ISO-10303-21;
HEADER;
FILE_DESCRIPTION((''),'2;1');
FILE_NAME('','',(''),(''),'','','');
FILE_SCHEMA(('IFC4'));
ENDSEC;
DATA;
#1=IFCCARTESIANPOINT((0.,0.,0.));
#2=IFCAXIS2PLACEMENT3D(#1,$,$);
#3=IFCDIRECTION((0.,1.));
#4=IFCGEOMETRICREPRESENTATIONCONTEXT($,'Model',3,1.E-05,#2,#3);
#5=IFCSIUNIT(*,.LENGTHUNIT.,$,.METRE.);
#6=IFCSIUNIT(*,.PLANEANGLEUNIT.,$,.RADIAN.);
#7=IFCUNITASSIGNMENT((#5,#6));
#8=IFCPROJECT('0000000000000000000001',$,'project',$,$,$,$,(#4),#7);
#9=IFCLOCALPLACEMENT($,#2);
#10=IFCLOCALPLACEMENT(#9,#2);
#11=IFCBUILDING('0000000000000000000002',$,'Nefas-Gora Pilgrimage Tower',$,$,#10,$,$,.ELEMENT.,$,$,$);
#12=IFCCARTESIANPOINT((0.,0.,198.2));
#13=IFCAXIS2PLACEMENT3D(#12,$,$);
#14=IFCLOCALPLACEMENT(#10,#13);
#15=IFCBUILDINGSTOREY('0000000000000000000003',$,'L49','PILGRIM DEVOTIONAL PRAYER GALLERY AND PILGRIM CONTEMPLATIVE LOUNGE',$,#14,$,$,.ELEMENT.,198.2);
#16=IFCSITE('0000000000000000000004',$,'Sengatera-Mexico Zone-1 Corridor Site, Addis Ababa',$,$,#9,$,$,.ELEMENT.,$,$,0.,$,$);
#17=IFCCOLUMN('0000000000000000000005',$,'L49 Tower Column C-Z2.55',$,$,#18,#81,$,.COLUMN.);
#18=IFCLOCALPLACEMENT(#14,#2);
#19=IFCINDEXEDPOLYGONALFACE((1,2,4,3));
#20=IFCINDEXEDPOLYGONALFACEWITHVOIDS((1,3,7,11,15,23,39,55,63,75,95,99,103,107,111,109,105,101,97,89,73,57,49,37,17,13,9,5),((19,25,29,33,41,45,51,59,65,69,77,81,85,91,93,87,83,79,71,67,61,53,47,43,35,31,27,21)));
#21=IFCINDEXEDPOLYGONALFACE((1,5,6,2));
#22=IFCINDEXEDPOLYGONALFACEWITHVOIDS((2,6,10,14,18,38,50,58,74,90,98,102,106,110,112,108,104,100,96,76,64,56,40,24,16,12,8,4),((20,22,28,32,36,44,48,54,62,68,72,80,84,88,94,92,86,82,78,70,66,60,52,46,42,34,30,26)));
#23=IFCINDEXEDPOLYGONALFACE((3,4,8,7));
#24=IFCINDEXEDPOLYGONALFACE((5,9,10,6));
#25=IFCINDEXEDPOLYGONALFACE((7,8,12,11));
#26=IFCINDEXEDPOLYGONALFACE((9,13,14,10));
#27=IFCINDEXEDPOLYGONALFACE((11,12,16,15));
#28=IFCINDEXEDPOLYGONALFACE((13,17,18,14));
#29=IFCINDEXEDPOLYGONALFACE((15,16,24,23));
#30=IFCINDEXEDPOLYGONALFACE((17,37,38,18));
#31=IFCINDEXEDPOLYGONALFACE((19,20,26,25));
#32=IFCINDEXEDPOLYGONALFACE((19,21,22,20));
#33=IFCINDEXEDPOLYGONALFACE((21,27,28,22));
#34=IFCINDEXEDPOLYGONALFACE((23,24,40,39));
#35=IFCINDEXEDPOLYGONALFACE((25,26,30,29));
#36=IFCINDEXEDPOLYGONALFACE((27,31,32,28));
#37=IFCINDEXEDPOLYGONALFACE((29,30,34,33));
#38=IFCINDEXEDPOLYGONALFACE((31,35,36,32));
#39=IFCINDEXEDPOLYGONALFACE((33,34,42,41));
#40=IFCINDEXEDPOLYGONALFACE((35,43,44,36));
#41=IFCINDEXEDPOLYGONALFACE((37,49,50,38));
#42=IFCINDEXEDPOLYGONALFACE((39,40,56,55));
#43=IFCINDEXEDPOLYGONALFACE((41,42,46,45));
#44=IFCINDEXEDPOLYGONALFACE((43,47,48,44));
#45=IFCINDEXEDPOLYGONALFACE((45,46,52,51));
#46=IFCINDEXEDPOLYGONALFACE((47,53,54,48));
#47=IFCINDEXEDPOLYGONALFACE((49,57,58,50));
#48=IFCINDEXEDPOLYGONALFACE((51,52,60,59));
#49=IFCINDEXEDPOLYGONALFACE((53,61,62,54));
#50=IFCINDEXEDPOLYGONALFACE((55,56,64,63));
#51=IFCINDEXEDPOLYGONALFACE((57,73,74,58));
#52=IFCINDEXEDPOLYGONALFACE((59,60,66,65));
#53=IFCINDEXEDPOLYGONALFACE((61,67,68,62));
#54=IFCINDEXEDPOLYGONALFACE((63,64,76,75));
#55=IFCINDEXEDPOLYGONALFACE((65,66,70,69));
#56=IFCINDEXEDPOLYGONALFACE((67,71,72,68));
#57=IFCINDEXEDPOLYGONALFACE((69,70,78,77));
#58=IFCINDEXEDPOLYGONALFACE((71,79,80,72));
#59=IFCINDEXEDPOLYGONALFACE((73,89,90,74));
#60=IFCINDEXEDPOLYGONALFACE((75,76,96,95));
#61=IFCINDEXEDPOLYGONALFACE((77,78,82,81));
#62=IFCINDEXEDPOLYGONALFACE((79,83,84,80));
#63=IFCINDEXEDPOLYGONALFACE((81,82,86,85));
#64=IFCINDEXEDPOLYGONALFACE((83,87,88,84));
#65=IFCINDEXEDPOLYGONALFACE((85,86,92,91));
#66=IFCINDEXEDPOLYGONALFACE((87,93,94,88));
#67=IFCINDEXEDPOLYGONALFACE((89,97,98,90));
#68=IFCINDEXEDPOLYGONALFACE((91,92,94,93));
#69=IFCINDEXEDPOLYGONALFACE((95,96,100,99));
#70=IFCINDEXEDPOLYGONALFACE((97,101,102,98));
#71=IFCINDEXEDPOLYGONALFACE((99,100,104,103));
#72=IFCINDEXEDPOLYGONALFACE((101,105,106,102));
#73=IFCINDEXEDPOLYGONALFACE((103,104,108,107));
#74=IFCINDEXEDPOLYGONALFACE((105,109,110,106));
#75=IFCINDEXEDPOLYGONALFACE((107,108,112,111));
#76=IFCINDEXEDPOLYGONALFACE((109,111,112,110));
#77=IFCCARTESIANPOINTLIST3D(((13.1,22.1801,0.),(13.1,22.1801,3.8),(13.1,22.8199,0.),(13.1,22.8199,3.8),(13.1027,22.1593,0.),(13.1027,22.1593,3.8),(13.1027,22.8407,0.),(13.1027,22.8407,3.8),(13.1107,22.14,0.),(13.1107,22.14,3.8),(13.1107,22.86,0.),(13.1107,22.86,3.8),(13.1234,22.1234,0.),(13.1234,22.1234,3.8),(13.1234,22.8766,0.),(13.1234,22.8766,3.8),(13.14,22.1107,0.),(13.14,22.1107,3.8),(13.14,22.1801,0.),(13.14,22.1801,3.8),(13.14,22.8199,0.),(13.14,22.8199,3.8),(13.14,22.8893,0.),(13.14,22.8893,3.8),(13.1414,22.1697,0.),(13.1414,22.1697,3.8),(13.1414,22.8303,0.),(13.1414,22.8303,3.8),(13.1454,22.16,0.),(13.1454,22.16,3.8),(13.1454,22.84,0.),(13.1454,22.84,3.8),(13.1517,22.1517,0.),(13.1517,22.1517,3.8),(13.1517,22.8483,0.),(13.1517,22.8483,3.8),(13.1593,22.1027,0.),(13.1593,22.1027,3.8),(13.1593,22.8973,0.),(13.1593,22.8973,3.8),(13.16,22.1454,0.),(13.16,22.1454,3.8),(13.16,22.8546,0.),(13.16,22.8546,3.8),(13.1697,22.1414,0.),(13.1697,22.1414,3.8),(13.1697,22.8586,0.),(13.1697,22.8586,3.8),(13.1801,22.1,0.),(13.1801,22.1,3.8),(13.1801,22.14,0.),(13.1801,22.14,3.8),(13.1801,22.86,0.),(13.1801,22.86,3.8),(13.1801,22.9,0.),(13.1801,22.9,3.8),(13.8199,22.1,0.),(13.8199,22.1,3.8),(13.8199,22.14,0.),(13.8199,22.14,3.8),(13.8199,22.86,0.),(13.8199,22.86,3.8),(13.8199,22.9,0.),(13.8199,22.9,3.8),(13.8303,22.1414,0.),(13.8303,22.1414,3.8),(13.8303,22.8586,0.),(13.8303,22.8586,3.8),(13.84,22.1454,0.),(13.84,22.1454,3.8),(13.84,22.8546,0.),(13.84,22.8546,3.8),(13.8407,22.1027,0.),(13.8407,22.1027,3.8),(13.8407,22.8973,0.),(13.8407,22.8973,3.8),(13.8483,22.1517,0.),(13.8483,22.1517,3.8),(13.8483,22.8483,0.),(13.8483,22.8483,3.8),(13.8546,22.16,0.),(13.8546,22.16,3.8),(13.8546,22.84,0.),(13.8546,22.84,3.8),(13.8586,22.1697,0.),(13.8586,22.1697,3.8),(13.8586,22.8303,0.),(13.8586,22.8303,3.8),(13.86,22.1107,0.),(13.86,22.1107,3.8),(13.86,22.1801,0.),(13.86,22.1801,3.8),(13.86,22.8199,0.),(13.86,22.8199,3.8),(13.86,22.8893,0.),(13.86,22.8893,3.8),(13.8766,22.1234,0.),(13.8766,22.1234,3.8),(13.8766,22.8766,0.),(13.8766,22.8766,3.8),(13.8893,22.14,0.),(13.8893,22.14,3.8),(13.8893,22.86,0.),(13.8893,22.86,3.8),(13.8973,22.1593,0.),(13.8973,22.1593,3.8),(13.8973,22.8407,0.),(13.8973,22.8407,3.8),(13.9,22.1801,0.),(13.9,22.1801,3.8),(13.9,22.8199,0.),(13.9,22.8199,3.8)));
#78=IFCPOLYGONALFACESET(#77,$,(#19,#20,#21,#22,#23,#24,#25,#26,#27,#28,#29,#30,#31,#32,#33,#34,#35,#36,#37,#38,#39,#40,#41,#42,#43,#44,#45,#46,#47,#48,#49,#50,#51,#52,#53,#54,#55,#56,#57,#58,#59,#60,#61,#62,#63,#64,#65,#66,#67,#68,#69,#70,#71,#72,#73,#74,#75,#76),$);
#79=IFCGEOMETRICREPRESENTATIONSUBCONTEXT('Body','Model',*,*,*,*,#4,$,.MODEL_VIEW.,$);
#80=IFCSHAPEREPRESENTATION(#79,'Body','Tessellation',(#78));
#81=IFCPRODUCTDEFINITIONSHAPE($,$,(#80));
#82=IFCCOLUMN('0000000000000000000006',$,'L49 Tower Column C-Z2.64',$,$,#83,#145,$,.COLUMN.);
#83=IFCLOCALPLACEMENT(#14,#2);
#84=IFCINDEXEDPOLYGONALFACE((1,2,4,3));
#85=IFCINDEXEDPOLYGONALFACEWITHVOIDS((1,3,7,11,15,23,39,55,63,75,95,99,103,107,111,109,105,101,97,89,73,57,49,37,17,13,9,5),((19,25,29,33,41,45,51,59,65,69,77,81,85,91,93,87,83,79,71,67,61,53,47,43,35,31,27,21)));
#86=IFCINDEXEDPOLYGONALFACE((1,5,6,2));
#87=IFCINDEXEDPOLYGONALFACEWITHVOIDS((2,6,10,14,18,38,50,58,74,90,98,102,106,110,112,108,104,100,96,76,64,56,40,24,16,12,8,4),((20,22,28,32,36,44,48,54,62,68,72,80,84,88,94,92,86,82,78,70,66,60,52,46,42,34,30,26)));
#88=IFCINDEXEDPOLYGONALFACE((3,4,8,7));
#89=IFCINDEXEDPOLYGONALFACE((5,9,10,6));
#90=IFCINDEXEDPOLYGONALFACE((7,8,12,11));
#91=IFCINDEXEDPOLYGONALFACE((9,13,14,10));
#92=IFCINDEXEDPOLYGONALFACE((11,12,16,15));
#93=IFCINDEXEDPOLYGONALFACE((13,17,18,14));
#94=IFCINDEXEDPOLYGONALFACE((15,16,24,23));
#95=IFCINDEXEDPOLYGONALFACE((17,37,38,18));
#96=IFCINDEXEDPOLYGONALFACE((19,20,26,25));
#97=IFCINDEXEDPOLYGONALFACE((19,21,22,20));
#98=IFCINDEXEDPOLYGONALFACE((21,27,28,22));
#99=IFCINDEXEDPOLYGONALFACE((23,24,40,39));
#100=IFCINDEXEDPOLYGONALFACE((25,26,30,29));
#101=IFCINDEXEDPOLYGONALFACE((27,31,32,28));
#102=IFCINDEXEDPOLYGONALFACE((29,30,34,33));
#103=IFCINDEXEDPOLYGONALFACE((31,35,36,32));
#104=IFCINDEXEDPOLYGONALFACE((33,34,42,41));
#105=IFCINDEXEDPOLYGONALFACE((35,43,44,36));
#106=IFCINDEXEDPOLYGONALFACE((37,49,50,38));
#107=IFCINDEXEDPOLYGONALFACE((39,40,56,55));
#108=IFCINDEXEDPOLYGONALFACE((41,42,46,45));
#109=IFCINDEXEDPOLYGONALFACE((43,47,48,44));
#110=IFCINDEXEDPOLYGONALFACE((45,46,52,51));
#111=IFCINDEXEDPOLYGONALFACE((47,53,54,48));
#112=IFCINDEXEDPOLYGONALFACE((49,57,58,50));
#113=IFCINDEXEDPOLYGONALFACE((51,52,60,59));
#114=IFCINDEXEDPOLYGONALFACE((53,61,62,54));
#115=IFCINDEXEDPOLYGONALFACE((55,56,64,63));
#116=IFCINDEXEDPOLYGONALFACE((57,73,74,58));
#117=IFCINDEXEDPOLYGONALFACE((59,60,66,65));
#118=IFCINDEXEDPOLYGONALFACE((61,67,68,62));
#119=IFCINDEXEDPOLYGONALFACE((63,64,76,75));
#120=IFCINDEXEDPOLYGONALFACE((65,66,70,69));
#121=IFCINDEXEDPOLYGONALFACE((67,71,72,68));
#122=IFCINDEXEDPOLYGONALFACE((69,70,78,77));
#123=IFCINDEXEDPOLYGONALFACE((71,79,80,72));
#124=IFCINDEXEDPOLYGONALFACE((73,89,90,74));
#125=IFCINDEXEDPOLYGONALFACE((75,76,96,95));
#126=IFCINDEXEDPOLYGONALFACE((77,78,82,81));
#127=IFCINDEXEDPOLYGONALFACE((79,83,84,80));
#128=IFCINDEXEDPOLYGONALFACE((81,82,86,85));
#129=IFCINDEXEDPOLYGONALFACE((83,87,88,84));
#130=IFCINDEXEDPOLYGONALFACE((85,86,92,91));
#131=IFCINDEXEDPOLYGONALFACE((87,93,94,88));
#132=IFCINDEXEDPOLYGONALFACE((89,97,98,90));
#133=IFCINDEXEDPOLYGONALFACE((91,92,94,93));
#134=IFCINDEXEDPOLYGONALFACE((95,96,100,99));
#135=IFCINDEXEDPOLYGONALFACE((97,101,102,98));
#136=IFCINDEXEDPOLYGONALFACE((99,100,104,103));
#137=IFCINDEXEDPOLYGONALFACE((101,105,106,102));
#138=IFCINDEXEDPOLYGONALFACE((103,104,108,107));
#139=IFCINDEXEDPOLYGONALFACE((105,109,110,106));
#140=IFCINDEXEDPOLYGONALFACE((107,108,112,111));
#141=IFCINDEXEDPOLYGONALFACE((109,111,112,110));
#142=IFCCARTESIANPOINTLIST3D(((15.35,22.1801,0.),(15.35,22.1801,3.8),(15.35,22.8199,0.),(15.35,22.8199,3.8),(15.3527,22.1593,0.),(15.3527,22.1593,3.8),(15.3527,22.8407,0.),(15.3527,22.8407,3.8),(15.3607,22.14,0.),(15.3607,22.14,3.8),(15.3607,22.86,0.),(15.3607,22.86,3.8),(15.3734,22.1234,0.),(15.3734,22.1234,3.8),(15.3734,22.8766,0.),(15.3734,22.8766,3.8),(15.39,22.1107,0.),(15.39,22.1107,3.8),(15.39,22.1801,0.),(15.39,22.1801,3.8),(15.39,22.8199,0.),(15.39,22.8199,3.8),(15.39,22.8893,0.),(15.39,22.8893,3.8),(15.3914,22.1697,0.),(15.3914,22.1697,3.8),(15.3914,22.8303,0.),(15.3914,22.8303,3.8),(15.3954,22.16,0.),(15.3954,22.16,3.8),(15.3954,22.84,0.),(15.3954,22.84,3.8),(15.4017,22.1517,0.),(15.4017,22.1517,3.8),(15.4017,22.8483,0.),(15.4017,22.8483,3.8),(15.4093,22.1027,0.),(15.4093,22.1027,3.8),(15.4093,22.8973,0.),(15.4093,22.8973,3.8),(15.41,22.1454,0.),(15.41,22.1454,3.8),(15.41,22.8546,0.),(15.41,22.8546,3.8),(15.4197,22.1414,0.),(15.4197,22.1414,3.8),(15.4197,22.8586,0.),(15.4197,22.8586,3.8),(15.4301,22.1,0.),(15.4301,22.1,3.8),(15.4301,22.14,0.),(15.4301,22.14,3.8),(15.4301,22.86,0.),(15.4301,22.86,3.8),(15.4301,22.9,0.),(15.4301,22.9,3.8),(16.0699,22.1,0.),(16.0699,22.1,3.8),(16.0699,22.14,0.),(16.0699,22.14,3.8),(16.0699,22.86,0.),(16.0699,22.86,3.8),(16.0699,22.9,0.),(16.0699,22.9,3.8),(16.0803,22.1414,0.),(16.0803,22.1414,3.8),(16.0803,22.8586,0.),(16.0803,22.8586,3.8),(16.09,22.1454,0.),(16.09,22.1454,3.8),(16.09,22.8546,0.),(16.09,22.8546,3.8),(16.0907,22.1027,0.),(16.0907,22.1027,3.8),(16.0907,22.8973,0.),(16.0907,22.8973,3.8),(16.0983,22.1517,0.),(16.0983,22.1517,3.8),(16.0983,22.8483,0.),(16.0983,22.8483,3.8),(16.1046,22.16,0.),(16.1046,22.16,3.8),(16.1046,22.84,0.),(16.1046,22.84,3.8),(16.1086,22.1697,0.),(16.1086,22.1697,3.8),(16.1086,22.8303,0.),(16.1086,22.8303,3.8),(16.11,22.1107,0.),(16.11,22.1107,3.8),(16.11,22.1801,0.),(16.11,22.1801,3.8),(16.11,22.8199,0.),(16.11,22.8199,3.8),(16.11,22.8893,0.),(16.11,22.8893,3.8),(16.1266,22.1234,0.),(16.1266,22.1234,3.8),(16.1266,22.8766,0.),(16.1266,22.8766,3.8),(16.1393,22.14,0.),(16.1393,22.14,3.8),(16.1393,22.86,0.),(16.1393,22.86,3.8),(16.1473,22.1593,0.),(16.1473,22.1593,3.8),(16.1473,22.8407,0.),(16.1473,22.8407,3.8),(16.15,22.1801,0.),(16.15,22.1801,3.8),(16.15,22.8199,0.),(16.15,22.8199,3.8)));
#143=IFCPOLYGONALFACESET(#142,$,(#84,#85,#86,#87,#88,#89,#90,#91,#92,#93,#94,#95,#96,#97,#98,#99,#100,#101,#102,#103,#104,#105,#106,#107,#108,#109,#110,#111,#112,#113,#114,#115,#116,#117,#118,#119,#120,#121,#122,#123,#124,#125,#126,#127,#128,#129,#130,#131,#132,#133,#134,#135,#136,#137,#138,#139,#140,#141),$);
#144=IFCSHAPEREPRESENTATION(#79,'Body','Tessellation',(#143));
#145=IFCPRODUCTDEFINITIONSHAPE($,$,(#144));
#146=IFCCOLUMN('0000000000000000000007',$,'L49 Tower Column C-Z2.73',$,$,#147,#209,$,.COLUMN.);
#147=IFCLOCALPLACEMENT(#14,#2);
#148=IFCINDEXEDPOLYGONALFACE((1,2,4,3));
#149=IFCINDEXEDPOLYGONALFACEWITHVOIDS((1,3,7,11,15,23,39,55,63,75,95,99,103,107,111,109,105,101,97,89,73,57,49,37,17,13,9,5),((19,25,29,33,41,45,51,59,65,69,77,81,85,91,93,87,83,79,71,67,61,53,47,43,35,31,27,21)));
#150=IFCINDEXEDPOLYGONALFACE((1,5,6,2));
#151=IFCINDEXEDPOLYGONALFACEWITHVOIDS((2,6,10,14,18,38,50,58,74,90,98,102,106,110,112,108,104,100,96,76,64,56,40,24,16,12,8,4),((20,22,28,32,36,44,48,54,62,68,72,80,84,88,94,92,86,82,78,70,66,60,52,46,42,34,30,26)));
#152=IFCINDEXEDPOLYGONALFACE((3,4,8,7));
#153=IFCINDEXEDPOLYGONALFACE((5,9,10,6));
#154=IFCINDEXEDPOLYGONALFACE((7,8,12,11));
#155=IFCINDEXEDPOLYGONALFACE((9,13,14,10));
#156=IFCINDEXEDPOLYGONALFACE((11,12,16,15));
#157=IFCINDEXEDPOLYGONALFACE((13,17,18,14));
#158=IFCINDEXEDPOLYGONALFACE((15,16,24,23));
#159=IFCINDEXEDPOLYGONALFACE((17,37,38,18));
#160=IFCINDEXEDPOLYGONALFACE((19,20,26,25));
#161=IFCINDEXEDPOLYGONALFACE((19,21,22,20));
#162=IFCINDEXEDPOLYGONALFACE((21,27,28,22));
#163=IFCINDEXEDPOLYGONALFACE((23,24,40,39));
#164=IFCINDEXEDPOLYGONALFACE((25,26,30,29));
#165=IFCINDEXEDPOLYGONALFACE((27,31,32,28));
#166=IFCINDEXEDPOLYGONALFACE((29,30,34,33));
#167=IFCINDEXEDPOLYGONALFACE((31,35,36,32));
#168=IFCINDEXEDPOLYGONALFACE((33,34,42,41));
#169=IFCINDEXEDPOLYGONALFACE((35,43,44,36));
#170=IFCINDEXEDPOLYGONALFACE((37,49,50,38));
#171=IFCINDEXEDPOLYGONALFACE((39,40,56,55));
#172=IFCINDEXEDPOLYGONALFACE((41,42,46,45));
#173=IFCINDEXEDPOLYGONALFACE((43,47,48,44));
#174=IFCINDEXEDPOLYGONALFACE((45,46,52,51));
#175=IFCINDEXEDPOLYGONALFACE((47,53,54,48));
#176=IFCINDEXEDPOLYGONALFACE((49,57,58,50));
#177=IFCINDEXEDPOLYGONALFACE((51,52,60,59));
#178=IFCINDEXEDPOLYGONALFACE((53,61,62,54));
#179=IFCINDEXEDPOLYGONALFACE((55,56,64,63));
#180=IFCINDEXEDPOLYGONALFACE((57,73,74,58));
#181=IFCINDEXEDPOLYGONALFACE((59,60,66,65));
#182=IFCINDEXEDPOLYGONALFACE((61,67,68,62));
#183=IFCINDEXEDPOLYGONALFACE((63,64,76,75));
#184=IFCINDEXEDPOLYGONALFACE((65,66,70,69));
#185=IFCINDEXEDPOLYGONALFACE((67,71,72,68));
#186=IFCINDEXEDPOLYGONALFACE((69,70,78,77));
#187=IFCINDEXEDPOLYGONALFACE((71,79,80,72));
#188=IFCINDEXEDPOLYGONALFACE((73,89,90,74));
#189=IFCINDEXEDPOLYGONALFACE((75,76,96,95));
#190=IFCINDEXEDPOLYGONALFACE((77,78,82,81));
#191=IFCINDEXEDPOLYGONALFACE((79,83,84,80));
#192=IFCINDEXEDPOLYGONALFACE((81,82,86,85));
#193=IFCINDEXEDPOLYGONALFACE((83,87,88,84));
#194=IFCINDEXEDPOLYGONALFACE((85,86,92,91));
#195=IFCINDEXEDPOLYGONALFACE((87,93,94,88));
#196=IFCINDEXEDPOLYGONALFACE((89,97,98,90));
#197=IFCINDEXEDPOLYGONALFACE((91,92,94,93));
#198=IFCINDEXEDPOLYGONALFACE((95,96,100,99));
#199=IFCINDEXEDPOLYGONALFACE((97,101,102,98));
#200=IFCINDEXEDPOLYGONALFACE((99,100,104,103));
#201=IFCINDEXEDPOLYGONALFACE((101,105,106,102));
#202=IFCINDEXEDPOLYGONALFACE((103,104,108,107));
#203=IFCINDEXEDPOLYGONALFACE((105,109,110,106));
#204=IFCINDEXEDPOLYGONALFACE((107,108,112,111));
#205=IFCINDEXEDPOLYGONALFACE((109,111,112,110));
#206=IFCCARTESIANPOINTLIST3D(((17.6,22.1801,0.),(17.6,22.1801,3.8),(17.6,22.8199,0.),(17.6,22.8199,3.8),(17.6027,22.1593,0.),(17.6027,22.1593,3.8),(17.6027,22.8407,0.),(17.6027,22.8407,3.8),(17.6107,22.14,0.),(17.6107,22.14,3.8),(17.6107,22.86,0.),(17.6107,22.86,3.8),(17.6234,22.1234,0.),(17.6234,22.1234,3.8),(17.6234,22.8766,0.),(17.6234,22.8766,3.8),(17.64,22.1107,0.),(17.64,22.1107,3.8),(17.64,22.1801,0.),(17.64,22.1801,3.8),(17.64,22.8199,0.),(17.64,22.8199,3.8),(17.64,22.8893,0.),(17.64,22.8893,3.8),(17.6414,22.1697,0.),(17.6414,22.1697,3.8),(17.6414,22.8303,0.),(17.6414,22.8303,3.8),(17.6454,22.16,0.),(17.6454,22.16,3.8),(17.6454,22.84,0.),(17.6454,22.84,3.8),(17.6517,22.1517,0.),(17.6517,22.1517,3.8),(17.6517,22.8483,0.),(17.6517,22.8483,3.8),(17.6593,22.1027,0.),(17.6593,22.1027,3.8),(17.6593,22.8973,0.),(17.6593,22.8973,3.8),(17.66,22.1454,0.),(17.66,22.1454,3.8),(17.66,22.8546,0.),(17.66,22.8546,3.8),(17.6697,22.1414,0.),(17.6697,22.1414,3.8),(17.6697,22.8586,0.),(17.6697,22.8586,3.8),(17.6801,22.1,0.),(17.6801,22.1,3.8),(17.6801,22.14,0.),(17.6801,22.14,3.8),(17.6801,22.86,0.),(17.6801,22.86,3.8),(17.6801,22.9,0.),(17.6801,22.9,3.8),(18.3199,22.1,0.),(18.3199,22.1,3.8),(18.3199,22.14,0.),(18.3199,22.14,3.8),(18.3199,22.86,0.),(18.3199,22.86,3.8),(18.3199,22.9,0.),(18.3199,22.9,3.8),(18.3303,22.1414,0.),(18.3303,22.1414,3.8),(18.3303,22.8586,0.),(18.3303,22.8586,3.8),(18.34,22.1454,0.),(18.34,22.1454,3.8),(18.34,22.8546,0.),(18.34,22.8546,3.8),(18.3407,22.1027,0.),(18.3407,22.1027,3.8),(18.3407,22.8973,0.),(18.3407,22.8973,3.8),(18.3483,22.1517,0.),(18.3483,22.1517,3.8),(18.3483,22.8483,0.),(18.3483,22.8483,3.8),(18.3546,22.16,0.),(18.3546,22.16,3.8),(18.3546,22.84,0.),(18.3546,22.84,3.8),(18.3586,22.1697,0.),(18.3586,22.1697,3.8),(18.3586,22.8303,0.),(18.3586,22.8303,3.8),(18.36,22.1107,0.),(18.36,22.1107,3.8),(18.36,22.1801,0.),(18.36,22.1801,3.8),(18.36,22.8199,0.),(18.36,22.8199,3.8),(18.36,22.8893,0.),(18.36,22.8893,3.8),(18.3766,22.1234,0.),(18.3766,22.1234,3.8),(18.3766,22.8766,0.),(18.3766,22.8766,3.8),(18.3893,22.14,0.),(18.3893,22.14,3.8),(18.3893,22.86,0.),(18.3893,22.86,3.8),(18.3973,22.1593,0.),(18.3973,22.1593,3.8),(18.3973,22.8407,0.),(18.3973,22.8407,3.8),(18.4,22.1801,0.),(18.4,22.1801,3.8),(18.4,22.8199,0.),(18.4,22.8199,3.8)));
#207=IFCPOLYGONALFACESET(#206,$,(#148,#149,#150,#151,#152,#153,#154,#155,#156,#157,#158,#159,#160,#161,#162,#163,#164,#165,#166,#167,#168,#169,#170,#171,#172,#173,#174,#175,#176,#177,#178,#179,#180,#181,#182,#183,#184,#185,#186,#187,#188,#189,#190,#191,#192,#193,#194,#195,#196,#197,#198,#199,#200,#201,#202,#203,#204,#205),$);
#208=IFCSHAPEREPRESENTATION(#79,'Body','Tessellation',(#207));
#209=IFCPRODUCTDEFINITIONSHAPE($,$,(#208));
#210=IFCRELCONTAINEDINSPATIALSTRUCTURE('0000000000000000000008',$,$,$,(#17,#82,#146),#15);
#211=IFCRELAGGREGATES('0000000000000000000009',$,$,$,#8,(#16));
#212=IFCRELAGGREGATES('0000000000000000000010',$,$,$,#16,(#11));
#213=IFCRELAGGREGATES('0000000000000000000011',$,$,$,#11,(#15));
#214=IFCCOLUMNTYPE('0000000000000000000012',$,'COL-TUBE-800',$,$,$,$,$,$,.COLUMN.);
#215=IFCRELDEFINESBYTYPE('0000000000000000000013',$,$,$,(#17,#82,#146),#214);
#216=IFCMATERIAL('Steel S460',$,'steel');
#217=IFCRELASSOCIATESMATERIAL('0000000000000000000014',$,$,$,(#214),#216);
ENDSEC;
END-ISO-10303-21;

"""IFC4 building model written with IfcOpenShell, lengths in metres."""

from ifc_helpers import new_model, si_unit, direction, frame, origin, origin_2d, place, context, subcontext, project, spatial, hollow_rectangle, extrude, source, transform, mapped, material, material_profile, profile_set, type_object, element, save


model = new_model("IFC4")

# Units and contexts
model_context = context("Model", 3, precision=1e-05, world=origin(), true_north=direction((0.0, 1.0)))
body_context = subcontext(model_context, "Body", "Model", "MODEL_VIEW")
ifc_project = project(units=[si_unit("LENGTHUNIT", "METRE"), si_unit("PLANEANGLEUNIT", "RADIAN")], contexts=[model_context])

# Site, building, storey
site_placement = place(None, origin())
site = spatial("IfcSite", under=ifc_project, at=site_placement, Name="Sengatera-Mexico Zone-1 Corridor Site, Addis Ababa", CompositionType="ELEMENT", RefElevation=0.0)
building_placement = place(site_placement, origin())
building = spatial("IfcBuilding", under=site, at=building_placement, Name="Nefas-Gora Pilgrimage Tower", CompositionType="ELEMENT")
storey_placement = place(building_placement, frame((0.0, 0.0, 198.2)))
storey = spatial("IfcBuildingStorey", under=building, at=storey_placement, Name="L49", Description="PILGRIM DEVOTIONAL PRAYER GALLERY AND PILGRIM CONTEMPLATIVE LOUNGE", CompositionType="ELEMENT", Elevation=198.2)

# Columns
ifc_material_1 = material(Name="Steel S460", Category="steel")
ifc_material_profile_1 = material_profile(ifc_material_1, hollow_rectangle(XDim=0.8, YDim=0.8, WallThickness=0.04, InnerFilletRadius=0.04, OuterFilletRadius=0.0801, at=origin_2d()), Name="BOX 800x800x40")
ifc_profile_set_1 = profile_set([ifc_material_profile_1], Name="Steel S460")
column_type_1 = type_object("IfcColumnType", Name="COL-TUBE-800", PredefinedType="COLUMN", material=ifc_profile_set_1)
shared_shape_1 = source(origin(), body_context, "Body", "SweptSolid", [
    extrude(hollow_rectangle(XDim=0.8, YDim=0.8, WallThickness=0.04, InnerFilletRadius=0.04, OuterFilletRadius=0.0801, at=origin_2d()), origin(), (0.0, 0.0, 1.0), 3.8),
])
for number, where, z_axis, x_axis, name in (
    (1, (13.5, 22.5, 0.0), (0.0, 0.0, 1.0), (1.0, 0.0, 0.0), "L49 Tower Column C-Z2.55"),
    (2, (15.75, 22.5, 0.0), (0.0, 0.0, 1.0), (1.0, 0.0, 0.0), "L49 Tower Column C-Z2.64"),
    (3, (18.0, 22.5, 0.0), (0.0, 0.0, 1.0), (1.0, 0.0, 0.0), "L49 Tower Column C-Z2.73"),
):
    element("IfcColumn", number, at=place(storey_placement, frame(where, z_axis=z_axis, x_axis=x_axis)), inside=storey, type_object=column_type_1, Name=name, PredefinedType="COLUMN", context=body_context, shape_type="MappedRepresentation", body=[
        mapped(shared_shape_1, transform((0.0, 0.0, 0.0), x_axis=(1.0, 0.0, 0.0), y_axis=(0.0, 1.0, 0.0), z_axis=(0.0, 0.0, 1.0), scale=1.0)),
    ])

save(model, "model.ifc")
